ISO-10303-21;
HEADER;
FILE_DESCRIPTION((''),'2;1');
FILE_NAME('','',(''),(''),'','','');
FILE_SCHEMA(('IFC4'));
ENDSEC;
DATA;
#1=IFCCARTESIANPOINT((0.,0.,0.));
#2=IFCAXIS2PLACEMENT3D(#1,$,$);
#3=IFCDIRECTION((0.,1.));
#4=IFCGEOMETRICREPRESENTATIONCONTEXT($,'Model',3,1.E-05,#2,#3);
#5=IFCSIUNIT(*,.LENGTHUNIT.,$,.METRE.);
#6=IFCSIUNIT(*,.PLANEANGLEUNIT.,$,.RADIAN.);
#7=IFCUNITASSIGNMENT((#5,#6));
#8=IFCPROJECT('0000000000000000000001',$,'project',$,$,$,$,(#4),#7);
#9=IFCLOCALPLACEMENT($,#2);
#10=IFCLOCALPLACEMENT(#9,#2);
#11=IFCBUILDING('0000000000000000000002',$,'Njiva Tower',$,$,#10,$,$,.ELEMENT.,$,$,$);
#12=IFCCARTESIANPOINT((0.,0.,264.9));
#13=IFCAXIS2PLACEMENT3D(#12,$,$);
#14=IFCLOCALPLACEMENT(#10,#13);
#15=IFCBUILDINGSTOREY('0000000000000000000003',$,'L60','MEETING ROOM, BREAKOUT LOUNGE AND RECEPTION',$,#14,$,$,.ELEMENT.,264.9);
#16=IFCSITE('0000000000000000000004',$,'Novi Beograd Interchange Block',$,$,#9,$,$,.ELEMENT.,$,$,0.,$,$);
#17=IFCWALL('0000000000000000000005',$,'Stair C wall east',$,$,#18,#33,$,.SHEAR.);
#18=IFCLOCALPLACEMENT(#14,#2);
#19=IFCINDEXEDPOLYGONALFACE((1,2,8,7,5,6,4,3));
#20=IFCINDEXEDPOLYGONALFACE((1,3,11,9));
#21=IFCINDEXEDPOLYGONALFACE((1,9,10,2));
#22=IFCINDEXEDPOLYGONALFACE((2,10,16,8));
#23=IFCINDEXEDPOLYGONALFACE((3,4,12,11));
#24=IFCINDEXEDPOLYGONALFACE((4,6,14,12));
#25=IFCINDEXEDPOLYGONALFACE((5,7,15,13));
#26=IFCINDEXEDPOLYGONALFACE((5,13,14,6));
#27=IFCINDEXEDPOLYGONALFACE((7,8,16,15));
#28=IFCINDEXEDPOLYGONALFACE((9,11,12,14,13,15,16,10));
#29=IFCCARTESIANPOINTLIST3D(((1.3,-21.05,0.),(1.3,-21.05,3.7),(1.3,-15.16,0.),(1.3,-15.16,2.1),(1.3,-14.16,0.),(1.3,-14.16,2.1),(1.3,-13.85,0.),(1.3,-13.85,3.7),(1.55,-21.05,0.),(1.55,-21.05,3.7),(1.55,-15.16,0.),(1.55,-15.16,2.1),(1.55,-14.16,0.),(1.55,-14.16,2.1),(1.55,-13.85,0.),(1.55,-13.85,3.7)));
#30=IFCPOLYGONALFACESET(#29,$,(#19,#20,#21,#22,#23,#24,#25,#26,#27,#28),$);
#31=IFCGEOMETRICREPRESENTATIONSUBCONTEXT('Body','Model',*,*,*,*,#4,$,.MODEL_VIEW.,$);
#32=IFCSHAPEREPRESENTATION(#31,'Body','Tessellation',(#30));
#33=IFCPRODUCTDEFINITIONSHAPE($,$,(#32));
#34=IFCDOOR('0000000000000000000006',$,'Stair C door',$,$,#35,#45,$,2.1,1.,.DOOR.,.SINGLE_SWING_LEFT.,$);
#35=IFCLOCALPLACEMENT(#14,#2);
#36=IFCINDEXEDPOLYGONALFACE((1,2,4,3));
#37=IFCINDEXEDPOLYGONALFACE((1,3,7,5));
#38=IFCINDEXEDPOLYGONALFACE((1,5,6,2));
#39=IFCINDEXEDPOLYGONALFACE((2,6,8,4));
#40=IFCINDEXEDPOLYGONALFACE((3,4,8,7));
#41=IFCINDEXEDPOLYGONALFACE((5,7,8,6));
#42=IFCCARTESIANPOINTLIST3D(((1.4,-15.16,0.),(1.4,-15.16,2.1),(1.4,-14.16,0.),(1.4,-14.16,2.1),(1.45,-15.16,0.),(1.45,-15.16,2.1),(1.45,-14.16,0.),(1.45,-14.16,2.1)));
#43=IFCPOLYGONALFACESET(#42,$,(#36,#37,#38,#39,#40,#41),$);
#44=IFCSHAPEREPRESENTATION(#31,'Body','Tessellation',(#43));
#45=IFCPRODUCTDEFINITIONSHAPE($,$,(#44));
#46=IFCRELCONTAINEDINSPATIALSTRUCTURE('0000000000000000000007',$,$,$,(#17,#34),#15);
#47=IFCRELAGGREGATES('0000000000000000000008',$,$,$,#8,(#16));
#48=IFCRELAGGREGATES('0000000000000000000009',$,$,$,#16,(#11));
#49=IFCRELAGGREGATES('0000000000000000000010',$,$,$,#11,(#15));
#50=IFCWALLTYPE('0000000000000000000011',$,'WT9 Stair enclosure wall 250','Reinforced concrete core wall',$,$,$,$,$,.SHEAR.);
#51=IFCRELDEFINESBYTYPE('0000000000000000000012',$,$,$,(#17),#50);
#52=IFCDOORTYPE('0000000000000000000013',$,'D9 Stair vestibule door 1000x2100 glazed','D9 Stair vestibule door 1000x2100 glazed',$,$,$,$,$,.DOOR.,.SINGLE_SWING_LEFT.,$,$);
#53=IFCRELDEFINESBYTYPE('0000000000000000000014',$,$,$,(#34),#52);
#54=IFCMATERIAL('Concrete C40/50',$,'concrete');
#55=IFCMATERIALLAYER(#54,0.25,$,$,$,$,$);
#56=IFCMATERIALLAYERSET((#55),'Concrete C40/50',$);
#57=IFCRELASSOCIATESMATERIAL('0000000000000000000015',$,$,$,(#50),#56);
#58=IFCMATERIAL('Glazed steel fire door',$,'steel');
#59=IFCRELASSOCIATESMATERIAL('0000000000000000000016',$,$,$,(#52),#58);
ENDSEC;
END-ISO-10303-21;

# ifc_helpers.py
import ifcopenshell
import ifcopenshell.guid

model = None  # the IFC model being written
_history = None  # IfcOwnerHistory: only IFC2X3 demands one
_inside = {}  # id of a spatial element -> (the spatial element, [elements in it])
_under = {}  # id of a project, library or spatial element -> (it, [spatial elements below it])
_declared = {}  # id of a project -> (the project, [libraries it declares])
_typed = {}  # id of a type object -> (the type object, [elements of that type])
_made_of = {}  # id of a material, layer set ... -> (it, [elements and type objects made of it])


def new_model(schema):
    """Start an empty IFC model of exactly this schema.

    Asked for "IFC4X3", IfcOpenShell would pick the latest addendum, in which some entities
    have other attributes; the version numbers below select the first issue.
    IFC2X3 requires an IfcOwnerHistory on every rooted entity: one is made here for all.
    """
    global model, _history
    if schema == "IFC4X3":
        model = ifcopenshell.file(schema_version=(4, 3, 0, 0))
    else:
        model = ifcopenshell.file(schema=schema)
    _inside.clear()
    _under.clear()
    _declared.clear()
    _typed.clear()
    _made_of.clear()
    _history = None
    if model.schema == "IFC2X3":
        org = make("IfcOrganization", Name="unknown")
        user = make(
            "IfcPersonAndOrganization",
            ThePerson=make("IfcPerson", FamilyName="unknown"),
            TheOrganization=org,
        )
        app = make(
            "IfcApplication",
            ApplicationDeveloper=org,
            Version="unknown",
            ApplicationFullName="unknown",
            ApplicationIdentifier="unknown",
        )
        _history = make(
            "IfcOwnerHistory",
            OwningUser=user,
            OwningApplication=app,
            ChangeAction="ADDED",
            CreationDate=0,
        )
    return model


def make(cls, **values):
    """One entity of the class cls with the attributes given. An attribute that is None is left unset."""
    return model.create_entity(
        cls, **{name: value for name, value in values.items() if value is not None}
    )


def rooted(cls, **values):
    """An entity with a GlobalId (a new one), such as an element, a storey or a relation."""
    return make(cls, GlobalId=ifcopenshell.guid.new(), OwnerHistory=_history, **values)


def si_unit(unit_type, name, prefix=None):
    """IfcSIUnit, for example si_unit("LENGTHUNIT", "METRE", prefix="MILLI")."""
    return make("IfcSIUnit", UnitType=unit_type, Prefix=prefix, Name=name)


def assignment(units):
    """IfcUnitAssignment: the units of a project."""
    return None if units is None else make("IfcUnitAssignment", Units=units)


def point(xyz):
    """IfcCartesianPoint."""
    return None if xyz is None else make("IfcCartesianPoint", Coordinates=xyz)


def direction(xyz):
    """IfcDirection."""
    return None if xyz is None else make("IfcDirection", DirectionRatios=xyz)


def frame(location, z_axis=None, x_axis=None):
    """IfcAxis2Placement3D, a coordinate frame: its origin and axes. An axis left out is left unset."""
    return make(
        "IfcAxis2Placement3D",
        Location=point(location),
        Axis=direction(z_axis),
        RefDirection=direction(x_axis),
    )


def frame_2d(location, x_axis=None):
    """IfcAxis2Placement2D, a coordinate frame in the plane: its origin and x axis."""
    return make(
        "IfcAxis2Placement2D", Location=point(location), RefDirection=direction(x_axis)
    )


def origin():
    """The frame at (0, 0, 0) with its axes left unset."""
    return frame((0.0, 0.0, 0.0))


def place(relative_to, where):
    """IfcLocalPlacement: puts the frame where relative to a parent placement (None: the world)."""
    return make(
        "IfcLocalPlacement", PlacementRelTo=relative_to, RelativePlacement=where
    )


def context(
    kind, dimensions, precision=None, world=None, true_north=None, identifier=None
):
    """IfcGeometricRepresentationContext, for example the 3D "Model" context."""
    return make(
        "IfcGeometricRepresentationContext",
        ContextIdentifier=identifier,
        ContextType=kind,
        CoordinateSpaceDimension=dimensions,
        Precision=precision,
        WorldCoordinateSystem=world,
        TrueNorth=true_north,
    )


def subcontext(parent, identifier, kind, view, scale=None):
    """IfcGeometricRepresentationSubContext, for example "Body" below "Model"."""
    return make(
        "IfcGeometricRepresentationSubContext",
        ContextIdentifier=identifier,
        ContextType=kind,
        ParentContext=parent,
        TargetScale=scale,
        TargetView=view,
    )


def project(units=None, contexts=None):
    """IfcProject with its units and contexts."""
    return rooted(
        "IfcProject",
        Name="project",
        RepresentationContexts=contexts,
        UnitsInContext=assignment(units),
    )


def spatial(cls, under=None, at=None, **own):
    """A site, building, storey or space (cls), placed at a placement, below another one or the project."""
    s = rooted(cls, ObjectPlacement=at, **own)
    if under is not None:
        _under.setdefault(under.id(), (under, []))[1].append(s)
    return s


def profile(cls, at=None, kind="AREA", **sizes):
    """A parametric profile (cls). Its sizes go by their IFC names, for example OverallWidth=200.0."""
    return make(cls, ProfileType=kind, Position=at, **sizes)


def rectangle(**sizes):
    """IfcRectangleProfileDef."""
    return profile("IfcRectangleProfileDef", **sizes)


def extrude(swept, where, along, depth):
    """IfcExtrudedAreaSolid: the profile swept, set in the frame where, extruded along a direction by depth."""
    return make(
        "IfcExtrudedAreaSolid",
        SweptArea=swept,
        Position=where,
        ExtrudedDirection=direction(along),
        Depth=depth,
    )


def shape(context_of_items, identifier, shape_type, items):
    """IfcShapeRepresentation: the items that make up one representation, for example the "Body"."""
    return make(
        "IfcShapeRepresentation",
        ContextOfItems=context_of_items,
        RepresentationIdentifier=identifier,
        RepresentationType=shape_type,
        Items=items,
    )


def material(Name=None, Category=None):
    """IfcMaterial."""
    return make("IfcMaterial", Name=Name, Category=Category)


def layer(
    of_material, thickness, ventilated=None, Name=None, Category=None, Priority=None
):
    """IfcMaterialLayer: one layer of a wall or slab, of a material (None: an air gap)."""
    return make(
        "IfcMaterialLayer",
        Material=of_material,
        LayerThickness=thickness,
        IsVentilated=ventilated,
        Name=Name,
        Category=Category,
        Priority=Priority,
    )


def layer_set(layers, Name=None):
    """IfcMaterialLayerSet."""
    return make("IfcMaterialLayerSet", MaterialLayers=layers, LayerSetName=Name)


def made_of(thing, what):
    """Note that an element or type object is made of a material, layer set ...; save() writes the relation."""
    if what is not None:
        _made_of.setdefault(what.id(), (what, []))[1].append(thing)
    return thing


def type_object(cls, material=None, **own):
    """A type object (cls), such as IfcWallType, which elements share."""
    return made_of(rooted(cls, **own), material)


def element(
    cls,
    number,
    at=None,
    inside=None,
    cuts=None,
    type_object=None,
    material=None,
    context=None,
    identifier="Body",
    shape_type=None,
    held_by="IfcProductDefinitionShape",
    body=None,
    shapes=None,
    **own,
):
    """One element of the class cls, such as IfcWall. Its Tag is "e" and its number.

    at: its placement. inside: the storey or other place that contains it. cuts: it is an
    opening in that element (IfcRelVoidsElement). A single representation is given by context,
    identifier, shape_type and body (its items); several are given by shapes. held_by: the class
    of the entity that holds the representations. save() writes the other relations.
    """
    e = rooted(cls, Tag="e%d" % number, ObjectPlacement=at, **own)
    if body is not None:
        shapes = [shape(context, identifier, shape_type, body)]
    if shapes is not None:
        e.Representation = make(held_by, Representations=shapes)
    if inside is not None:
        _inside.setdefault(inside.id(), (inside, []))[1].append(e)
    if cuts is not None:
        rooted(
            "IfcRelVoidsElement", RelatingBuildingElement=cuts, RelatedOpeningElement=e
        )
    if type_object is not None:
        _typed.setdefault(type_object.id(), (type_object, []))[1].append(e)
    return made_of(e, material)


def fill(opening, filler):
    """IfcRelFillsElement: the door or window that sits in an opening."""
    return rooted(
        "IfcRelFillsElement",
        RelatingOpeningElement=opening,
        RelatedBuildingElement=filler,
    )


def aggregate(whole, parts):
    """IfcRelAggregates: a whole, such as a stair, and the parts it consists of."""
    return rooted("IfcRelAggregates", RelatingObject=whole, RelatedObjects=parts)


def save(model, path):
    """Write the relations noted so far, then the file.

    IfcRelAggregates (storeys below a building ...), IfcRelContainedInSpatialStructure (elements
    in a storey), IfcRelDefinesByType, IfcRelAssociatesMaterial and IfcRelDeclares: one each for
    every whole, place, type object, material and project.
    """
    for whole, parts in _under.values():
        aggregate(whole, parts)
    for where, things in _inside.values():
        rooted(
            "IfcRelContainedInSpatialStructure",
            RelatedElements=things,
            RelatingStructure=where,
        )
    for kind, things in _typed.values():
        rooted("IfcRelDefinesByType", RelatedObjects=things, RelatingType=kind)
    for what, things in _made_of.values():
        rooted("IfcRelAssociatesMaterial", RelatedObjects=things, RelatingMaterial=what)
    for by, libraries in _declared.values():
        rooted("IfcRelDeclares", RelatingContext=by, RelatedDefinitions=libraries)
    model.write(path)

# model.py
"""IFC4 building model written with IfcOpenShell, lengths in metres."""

from ifc_helpers import new_model, si_unit, direction, frame, frame_2d, origin, place, context, subcontext, project, spatial, rectangle, extrude, material, layer, layer_set, type_object, element, fill, save


model = new_model("IFC4")

# Units and contexts
model_context = context("Model", 3, precision=1e-05, world=origin(), true_north=direction((0.0, 1.0)))
body_context = subcontext(model_context, "Body", "Model", "MODEL_VIEW")
ifc_project = project(units=[si_unit("LENGTHUNIT", "METRE"), si_unit("PLANEANGLEUNIT", "RADIAN")], contexts=[model_context])

# Site, building, storey
site_placement = place(None, origin())
site = spatial("IfcSite", under=ifc_project, at=site_placement, Name="Novi Beograd Interchange Block", CompositionType="ELEMENT", RefElevation=0.0)
building_placement = place(site_placement, origin())
building = spatial("IfcBuilding", under=site, at=building_placement, Name="Njiva Tower", CompositionType="ELEMENT")
storey_placement = place(building_placement, frame((0.0, 0.0, 264.9)))
storey = spatial("IfcBuildingStorey", under=building, at=storey_placement, Name="L60", Description="MEETING ROOM, BREAKOUT LOUNGE AND RECEPTION", CompositionType="ELEMENT", Elevation=264.9)

# Wall, opening, door
ifc_material_1 = material(Name="Concrete C40/50", Category="concrete")
ifc_layer_1 = layer(ifc_material_1, 0.25)
ifc_layer_set_1 = layer_set([ifc_layer_1], Name="Concrete C40/50")
wall_type_1 = type_object("IfcWallType", Name="WT9 Stair enclosure wall 250", Description="Reinforced concrete core wall", PredefinedType="SHEAR", material=ifc_layer_set_1)
wall_1_placement = place(storey_placement, frame((1.425, -21.05, 0.0), z_axis=(0.0, 0.0, 1.0), x_axis=(0.0, 1.0, 0.0)))
wall_1 = element("IfcWall", 1, at=wall_1_placement, inside=storey, type_object=wall_type_1, Name="Stair C wall east", PredefinedType="SHEAR", context=body_context, shape_type="SweptSolid", body=[
    extrude(rectangle(XDim=7.2, YDim=0.25, at=frame_2d((3.6, 0.0))), origin(), (0.0, 0.0, 1.0), 3.7),
])
opening_1_placement = place(wall_1_placement, frame((5.89, 0.0, 0.0)))
opening_1 = element("IfcOpeningElement", 2, at=opening_1_placement, cuts=wall_1, PredefinedType="OPENING", context=body_context, shape_type="SweptSolid", body=[
    extrude(rectangle(XDim=1.0, YDim=2.1, at=frame_2d((0.5, 1.05))), frame((0.0, 0.135, 0.0), z_axis=(0.0, -1.0, 0.0), x_axis=(1.0, 0.0, 0.0)), (0.0, 0.0, 1.0), 0.27),
])
ifc_material_2 = material(Name="Glazed steel fire door", Category="steel")
door_type = type_object("IfcDoorType", Name="D9 Stair vestibule door 1000x2100 glazed", Description="D9 Stair vestibule door 1000x2100 glazed", OperationType="SINGLE_SWING_LEFT", PredefinedType="DOOR", material=ifc_material_2)
door_placement = place(opening_1_placement, origin())
door = element("IfcDoor", 3, at=door_placement, inside=storey, type_object=door_type, Name="Stair C door", OperationType="SINGLE_SWING_LEFT", OverallHeight=2.1, OverallWidth=1.0, PredefinedType="DOOR", context=body_context, shape_type="SweptSolid", body=[
    extrude(rectangle(XDim=1.0, YDim=2.1, at=frame_2d((0.5, 1.05))), frame((0.0, 0.025, 0.0), z_axis=(0.0, -1.0, 0.0), x_axis=(1.0, 0.0, 0.0)), (0.0, 0.0, 1.0), 0.05),
])
fill(opening_1, door)

save(model, "model.ifc")
